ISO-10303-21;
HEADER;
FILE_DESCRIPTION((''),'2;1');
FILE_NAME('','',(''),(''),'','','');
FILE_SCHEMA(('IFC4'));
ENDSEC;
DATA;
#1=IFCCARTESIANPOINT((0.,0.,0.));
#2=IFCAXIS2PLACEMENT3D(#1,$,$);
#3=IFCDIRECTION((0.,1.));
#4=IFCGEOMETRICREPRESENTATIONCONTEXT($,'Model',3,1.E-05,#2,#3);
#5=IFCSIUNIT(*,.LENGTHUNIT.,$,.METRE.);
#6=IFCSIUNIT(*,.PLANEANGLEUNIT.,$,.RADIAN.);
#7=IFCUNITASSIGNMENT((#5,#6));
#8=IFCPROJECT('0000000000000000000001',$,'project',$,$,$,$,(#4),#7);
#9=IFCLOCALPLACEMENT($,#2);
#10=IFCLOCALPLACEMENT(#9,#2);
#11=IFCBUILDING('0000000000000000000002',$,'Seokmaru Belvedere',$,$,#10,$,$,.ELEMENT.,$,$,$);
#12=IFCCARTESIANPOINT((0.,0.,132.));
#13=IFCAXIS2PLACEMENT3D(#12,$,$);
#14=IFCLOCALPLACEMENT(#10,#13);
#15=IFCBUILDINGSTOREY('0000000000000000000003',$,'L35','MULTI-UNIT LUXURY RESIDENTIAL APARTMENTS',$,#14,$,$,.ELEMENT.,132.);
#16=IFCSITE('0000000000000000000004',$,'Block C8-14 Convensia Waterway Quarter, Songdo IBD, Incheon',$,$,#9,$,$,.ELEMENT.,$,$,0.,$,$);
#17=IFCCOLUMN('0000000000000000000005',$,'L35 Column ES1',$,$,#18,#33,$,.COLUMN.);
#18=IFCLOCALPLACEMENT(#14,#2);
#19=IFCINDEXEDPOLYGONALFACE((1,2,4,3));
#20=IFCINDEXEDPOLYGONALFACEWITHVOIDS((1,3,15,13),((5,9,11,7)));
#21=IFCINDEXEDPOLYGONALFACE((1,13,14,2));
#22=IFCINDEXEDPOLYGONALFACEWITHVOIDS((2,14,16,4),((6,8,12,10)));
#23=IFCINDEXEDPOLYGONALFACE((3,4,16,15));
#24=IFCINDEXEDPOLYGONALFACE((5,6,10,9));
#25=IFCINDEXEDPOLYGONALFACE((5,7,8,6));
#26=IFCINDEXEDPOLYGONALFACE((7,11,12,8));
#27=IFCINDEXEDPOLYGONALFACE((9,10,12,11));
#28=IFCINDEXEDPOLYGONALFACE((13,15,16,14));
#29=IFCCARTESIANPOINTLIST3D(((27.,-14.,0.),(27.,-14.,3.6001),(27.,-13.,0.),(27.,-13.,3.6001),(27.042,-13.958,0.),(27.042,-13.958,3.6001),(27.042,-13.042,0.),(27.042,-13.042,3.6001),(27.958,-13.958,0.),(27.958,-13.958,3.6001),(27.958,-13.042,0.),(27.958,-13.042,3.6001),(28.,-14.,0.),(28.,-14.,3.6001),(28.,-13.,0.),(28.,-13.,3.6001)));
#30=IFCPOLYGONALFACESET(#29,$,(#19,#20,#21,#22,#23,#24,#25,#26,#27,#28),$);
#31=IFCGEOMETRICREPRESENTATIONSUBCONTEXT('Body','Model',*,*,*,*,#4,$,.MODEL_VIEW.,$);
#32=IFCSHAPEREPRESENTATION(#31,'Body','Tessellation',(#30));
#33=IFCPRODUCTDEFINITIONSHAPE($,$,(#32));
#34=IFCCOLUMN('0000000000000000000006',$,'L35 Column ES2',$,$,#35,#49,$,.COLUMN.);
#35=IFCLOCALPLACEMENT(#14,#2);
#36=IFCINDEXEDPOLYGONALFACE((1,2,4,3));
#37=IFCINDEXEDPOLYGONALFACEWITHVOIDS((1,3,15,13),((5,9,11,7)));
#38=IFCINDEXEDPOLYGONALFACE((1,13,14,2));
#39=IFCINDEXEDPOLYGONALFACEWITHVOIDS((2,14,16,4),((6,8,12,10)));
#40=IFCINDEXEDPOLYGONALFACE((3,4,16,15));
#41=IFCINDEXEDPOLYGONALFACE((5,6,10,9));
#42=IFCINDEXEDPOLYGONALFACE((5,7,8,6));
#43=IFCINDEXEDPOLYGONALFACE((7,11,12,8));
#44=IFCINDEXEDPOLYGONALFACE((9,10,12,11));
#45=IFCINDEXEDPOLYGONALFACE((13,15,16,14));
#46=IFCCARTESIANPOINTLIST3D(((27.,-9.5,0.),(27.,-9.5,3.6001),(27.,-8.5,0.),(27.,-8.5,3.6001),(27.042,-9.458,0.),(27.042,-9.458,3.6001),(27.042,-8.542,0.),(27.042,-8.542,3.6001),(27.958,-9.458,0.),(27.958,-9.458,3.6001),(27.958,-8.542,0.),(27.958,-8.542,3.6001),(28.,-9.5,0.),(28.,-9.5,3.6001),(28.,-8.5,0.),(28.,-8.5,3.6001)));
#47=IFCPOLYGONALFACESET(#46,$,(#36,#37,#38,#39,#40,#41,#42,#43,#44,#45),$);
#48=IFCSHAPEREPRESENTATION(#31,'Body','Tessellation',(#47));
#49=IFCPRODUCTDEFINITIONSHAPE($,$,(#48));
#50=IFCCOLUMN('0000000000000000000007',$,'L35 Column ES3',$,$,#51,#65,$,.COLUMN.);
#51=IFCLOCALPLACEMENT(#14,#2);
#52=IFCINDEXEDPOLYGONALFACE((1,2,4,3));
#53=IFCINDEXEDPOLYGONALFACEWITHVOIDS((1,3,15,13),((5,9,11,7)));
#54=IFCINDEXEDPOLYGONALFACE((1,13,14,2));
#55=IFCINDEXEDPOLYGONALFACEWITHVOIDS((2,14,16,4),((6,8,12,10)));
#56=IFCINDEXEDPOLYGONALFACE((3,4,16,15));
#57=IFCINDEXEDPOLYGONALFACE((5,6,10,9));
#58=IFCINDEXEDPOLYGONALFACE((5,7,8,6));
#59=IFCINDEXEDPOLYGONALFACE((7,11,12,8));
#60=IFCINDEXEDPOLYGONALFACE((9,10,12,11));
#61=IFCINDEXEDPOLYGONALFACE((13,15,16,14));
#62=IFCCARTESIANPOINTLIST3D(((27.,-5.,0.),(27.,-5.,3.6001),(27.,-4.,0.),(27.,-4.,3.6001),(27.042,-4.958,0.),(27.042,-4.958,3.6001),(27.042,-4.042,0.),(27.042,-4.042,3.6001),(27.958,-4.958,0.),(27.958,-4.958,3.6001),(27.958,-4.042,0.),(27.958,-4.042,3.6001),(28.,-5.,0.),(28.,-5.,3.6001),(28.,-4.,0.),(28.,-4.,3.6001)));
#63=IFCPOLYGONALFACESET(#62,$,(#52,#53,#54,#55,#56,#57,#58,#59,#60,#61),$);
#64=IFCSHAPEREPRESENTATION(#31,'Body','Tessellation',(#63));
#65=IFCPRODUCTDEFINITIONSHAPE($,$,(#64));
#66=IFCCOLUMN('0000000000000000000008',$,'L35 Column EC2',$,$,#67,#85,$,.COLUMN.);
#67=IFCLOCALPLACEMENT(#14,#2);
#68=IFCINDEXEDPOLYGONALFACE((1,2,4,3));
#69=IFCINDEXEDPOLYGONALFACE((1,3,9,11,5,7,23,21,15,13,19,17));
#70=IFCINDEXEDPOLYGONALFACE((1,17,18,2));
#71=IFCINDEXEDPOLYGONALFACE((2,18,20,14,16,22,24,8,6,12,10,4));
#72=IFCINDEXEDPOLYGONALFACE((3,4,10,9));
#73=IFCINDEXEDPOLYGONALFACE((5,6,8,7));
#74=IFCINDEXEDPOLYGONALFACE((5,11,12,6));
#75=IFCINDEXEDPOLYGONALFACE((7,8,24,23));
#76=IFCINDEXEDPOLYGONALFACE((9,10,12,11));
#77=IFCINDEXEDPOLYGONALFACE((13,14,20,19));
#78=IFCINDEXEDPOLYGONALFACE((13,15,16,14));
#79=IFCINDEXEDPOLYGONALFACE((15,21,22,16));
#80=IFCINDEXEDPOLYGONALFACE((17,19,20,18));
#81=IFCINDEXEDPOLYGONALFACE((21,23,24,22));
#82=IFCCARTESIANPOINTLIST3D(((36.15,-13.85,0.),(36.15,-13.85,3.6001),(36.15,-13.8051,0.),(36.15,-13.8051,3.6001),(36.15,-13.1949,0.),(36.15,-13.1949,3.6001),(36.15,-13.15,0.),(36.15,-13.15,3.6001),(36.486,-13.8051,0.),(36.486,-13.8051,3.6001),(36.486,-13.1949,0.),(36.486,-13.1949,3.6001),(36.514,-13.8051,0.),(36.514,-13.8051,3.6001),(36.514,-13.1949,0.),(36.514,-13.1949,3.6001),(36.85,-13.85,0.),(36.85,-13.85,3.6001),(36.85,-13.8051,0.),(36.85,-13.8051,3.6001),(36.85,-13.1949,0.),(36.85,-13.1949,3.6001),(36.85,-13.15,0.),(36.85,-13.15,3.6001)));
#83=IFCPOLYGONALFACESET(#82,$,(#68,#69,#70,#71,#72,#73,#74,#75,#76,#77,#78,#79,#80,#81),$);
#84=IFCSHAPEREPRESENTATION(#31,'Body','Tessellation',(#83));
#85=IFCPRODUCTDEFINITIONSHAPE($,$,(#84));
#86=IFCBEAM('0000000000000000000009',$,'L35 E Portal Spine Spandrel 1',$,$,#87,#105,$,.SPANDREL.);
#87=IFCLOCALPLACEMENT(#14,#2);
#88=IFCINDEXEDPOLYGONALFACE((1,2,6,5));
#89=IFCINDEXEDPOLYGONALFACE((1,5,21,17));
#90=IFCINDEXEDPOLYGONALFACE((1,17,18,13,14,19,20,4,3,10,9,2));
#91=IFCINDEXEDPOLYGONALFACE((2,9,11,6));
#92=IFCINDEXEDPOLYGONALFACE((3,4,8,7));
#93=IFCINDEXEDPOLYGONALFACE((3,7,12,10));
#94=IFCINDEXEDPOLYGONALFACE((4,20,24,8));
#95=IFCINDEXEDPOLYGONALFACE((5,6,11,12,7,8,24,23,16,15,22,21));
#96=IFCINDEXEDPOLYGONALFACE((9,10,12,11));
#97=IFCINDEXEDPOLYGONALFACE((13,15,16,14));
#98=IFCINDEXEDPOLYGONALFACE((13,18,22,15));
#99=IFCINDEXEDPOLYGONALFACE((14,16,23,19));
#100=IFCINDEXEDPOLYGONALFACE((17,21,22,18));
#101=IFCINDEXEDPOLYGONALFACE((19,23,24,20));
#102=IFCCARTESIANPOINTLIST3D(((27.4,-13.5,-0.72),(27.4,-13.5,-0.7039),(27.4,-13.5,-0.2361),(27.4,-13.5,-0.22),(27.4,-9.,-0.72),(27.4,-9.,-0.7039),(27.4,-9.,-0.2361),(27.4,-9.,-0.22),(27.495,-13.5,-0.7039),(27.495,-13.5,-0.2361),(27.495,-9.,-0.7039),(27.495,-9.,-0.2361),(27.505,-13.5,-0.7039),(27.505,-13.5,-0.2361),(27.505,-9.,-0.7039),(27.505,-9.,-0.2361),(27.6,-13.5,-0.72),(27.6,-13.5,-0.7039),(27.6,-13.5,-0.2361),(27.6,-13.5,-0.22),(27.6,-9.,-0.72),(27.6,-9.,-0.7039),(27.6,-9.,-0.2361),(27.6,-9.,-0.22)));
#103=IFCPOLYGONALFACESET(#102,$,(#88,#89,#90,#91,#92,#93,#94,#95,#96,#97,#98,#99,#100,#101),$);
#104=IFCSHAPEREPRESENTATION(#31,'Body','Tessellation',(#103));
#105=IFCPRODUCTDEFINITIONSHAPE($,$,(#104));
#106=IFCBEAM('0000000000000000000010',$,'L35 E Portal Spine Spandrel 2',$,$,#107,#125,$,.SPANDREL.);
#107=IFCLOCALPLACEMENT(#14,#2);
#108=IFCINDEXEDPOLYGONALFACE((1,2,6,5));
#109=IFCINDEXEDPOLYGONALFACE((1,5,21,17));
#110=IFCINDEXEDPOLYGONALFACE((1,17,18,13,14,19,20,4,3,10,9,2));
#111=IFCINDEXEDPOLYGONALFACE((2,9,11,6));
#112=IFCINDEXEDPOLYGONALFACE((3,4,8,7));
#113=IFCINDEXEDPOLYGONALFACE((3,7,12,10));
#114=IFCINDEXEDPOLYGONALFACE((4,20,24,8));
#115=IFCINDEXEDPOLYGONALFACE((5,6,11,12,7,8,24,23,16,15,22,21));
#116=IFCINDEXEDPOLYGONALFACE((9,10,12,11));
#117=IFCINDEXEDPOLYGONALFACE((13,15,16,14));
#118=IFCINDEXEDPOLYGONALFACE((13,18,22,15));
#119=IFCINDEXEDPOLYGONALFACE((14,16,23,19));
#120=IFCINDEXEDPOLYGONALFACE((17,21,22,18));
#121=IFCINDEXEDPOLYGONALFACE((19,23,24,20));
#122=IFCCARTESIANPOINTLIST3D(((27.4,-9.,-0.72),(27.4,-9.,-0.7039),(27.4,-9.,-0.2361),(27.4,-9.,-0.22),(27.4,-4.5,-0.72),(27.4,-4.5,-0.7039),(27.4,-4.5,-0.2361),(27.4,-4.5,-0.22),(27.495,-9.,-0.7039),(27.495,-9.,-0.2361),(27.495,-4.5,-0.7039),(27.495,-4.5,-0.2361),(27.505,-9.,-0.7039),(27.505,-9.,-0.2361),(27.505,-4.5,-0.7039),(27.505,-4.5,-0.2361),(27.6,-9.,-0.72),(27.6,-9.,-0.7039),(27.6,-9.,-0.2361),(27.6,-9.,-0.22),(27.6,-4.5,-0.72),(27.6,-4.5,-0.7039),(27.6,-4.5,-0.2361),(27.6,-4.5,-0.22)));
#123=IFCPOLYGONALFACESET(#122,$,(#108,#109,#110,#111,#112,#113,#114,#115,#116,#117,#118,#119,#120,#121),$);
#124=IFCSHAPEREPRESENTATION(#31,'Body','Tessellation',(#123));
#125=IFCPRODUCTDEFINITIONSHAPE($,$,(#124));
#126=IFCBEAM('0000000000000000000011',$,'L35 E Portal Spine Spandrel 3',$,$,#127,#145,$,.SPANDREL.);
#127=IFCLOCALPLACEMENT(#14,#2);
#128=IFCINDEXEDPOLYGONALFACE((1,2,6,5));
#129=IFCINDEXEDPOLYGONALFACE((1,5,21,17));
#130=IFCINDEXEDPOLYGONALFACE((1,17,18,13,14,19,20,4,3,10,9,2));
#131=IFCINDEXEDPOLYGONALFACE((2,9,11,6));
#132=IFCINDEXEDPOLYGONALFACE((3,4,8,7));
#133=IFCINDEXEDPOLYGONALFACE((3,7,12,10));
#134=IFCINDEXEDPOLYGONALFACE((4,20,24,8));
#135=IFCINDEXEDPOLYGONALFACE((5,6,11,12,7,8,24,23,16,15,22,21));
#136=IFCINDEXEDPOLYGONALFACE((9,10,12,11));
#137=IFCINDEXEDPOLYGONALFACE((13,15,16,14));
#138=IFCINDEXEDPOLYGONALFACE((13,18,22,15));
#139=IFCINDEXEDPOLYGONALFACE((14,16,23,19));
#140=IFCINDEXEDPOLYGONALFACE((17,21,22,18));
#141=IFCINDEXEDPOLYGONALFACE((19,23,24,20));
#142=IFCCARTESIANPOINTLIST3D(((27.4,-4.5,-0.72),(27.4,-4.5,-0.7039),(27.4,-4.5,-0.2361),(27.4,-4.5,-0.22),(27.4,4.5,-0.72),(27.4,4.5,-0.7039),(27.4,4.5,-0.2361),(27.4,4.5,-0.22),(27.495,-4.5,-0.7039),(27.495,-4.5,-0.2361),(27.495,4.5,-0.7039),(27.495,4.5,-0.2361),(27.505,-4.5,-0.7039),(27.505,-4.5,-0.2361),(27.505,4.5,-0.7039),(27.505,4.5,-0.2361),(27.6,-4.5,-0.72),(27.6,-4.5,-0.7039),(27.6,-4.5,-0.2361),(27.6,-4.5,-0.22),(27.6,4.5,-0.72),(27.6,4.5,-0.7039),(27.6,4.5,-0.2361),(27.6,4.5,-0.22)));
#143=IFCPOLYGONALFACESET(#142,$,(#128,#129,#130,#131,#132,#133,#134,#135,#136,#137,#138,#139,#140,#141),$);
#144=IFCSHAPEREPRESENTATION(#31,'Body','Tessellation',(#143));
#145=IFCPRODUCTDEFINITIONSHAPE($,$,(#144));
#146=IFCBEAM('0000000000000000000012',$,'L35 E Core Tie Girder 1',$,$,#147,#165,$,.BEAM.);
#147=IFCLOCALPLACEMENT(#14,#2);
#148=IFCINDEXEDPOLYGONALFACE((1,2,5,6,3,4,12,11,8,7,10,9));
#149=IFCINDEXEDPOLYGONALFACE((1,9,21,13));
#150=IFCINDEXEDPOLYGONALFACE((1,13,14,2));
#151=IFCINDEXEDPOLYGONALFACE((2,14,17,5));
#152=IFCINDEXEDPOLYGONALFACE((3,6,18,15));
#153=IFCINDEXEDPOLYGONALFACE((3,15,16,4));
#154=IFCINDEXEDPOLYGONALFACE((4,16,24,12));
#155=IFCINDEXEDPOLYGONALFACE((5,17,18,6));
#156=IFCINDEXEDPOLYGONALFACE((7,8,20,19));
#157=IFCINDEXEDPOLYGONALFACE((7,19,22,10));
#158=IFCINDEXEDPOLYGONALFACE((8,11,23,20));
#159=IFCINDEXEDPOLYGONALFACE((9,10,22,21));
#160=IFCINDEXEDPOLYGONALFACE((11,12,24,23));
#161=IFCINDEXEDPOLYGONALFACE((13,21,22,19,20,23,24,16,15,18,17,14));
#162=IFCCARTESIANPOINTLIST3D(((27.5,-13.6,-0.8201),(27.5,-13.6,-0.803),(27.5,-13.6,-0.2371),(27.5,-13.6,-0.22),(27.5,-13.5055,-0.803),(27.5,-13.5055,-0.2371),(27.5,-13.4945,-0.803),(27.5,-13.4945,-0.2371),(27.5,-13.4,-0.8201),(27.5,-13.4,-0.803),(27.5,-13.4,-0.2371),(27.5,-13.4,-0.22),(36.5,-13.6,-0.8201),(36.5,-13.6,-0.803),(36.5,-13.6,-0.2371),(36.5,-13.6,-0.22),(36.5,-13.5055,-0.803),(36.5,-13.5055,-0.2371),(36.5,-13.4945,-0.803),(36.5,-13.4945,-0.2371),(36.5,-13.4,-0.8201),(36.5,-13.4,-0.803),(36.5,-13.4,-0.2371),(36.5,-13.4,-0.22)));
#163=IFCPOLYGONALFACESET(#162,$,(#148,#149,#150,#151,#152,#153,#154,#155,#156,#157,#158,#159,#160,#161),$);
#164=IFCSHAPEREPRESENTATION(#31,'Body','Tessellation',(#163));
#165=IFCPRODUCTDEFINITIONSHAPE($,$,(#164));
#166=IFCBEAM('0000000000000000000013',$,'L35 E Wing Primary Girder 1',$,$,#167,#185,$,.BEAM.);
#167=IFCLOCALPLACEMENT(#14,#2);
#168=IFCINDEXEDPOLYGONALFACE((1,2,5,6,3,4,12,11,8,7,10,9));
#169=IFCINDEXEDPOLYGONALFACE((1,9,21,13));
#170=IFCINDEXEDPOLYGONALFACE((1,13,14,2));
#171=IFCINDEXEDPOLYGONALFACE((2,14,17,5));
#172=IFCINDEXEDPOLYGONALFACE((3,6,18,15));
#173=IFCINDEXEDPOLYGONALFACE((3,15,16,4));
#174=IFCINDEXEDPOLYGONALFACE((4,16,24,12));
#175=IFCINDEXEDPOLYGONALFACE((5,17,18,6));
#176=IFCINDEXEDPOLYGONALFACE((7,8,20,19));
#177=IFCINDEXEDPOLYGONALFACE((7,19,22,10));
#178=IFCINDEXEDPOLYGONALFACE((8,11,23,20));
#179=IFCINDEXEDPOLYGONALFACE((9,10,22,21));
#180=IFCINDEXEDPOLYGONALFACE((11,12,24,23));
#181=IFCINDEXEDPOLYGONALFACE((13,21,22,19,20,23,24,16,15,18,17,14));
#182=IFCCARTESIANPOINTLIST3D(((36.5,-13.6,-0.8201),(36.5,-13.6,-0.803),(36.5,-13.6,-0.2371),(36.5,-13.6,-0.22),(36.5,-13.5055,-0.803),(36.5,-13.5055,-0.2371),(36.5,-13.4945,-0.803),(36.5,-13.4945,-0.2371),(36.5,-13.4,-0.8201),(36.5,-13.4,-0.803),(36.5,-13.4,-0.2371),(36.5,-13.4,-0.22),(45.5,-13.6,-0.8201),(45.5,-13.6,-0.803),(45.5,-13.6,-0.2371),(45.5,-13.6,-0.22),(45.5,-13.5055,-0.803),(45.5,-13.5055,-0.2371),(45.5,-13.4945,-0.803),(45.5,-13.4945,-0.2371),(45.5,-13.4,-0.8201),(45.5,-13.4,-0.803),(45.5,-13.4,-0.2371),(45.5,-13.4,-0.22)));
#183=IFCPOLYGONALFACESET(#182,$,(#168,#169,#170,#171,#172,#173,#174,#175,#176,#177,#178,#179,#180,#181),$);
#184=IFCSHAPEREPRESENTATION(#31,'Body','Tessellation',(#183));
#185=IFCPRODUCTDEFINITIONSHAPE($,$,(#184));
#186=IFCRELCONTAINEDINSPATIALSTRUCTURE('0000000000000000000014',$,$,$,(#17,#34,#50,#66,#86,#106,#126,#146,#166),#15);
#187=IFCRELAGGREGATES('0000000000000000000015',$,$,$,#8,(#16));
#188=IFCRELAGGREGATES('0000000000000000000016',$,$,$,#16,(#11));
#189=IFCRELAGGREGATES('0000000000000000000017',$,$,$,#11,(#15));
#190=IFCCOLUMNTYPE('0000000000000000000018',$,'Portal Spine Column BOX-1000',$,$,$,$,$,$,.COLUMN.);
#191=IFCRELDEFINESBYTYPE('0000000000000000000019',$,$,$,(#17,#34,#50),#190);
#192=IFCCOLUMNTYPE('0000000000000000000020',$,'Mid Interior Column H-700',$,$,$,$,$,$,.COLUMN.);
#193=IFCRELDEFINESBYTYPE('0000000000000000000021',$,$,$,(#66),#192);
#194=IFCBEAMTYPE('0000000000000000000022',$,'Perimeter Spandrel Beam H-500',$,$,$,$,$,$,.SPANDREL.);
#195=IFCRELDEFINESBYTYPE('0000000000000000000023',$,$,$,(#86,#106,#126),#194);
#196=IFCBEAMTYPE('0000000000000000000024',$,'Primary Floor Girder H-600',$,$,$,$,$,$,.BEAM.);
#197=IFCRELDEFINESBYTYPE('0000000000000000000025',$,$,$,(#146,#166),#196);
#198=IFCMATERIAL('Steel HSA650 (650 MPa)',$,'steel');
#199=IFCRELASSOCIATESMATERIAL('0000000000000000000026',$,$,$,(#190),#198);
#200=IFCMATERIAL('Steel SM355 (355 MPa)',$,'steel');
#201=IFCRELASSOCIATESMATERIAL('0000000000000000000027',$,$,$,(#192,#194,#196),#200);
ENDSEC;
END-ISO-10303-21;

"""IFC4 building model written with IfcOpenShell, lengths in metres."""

from ifc_helpers import new_model, si_unit, direction, frame, origin, origin_2d, place, context, subcontext, project, spatial, hollow_rectangle, i_section, extrude, source, transform, mapped, material, material_profile, profile_set, type_object, type_shapes, element, save


model = new_model("IFC4")

# Units and contexts
model_context = context("Model", 3, precision=1e-05, world=origin(), true_north=direction((0.0, 1.0)))
body_context = subcontext(model_context, "Body", "Model", "MODEL_VIEW")
ifc_project = project(units=[si_unit("LENGTHUNIT", "METRE"), si_unit("PLANEANGLEUNIT", "RADIAN")], contexts=[model_context])

# Site, building, storey
site_placement = place(None, origin())
site = spatial("IfcSite", under=ifc_project, at=site_placement, Name="Block C8-14 Convensia Waterway Quarter, Songdo IBD, Incheon", CompositionType="ELEMENT", RefElevation=0.0)
building_placement = place(site_placement, origin())
building = spatial("IfcBuilding", under=site, at=building_placement, Name="Seokmaru Belvedere", CompositionType="ELEMENT")
storey_placement = place(building_placement, frame((0.0, 0.0, 132.0)))
storey = spatial("IfcBuildingStorey", under=building, at=storey_placement, Name="L35", Description="MULTI-UNIT LUXURY RESIDENTIAL APARTMENTS", CompositionType="ELEMENT", Elevation=132.0)

# Columns
ifc_material_1 = material(Name="Steel HSA650 (650 MPa)", Category="steel")
ifc_material_profile_1 = material_profile(ifc_material_1, hollow_rectangle(XDim=1.0, YDim=1.0, WallThickness=0.042, at=origin_2d()), Name="BOX-1000x1000x42")
ifc_profile_set_1 = profile_set([ifc_material_profile_1], Name="Steel HSA650 (650 MPa)")
column_type_1 = type_object("IfcColumnType", Name="Portal Spine Column BOX-1000", PredefinedType="COLUMN", material=ifc_profile_set_1)
shared_shape_1 = source(origin(), body_context, "Body", "SweptSolid", [
    extrude(hollow_rectangle(XDim=1.0, YDim=1.0, WallThickness=0.042, at=origin_2d()), origin(), (0.0, 0.0, 1.0), 3.6001),
])
type_shapes(column_type_1, [shared_shape_1])
for number, where, z_axis, x_axis, name in (
    (1, (27.5, -13.5, 0.0), (0.0, 0.0, 1.0), (1.0, 0.0, 0.0), "L35 Column ES1"),
    (2, (27.5, -9.0, 0.0), (0.0, 0.0, 1.0), (1.0, 0.0, 0.0), "L35 Column ES2"),
    (3, (27.5, -4.5, 0.0), (0.0, 0.0, 1.0), (1.0, 0.0, 0.0), "L35 Column ES3"),
):
    element("IfcColumn", number, at=place(storey_placement, frame(where, z_axis=z_axis, x_axis=x_axis)), inside=storey, type_object=column_type_1, Name=name, PredefinedType="COLUMN", context=body_context, shape_type="MappedRepresentation", body=[
        mapped(shared_shape_1, transform((0.0, 0.0, 0.0), scale=1.0)),
    ])
ifc_material_2 = material(Name="Steel SM355 (355 MPa)", Category="steel")
ifc_material_profile_2 = material_profile(ifc_material_2, i_section(OverallWidth=0.7, OverallDepth=0.7, WebThickness=0.0281, FlangeThickness=0.0449, at=origin_2d()), Name="H-700x700x28x45")
ifc_profile_set_2 = profile_set([ifc_material_profile_2], Name="Steel SM355 (355 MPa)")
column_type_2 = type_object("IfcColumnType", Name="Mid Interior Column H-700", PredefinedType="COLUMN", material=ifc_profile_set_2)
shared_shape_2 = source(origin(), body_context, "Body", "SweptSolid", [
    extrude(i_section(OverallWidth=0.7, OverallDepth=0.7, WebThickness=0.0281, FlangeThickness=0.0449, at=origin_2d()), origin(), (0.0, 0.0, 1.0), 3.6001),
])
type_shapes(column_type_2, [shared_shape_2])
column_placement = place(storey_placement, frame((36.5, -13.5, 0.0), z_axis=(0.0, 0.0, 1.0), x_axis=(1.0, 0.0, 0.0)))
element("IfcColumn", 4, at=column_placement, inside=storey, type_object=column_type_2, Name="L35 Column EC2", PredefinedType="COLUMN", context=body_context, shape_type="MappedRepresentation", body=[
    mapped(shared_shape_2, transform((0.0, 0.0, 0.0), scale=1.0)),
])

# Beams
ifc_material_profile_3 = material_profile(ifc_material_2, i_section(OverallWidth=0.2, OverallDepth=0.5, WebThickness=0.01, FlangeThickness=0.0161, at=origin_2d()), Name="H-500x200x10x16")
ifc_profile_set_3 = profile_set([ifc_material_profile_3], Name="Steel SM355 (355 MPa)")
beam_type_1 = type_object("IfcBeamType", Name="Perimeter Spandrel Beam H-500", PredefinedType="SPANDREL", material=ifc_profile_set_3)
shared_shape_3 = source(origin(), body_context, "Body", "SweptSolid", [
    extrude(i_section(OverallWidth=0.2, OverallDepth=0.5, WebThickness=0.01, FlangeThickness=0.0161, at=origin_2d()), origin(), (0.0, 0.0, 1.0), 4.5),
])
for number, where, z_axis, x_axis, name in (
    (5, (27.5, -13.5, -0.47), (0.0, 1.0, 0.0), (-1.0, 0.0, 0.0), "L35 E Portal Spine Spandrel 1"),
    (6, (27.5, -9.0, -0.47), (0.0, 1.0, 0.0), (-1.0, 0.0, 0.0), "L35 E Portal Spine Spandrel 2"),
):
    element("IfcBeam", number, at=place(storey_placement, frame(where, z_axis=z_axis, x_axis=x_axis)), inside=storey, type_object=beam_type_1, Name=name, PredefinedType="SPANDREL", context=body_context, shape_type="MappedRepresentation", body=[
        mapped(shared_shape_3, transform((0.0, 0.0, 0.0), scale=1.0)),
    ])
shared_shape_4 = source(origin(), body_context, "Body", "SweptSolid", [
    extrude(i_section(OverallWidth=0.2, OverallDepth=0.5, WebThickness=0.01, FlangeThickness=0.0161, at=origin_2d()), origin(), (0.0, 0.0, 1.0), 9.0),
])
type_shapes(beam_type_1, [shared_shape_3, shared_shape_4])
beam_1_placement = place(storey_placement, frame((27.5, -4.5, -0.47), z_axis=(0.0, 1.0, 0.0), x_axis=(-1.0, 0.0, 0.0)))
element("IfcBeam", 7, at=beam_1_placement, inside=storey, type_object=beam_type_1, Name="L35 E Portal Spine Spandrel 3", PredefinedType="SPANDREL", context=body_context, shape_type="MappedRepresentation", body=[
    mapped(shared_shape_4, transform((0.0, 0.0, 0.0), scale=1.0)),
])
ifc_material_profile_4 = material_profile(ifc_material_2, i_section(OverallWidth=0.2, OverallDepth=0.6001, WebThickness=0.011, FlangeThickness=0.0171, at=origin_2d()), Name="H-600x200x11x17")
ifc_profile_set_4 = profile_set([ifc_material_profile_4], Name="Steel SM355 (355 MPa)")
beam_type_2 = type_object("IfcBeamType", Name="Primary Floor Girder H-600", PredefinedType="BEAM", material=ifc_profile_set_4)
shared_shape_5 = source(origin(), body_context, "Body", "SweptSolid", [
    extrude(i_section(OverallWidth=0.2, OverallDepth=0.6001, WebThickness=0.011, FlangeThickness=0.0171, at=origin_2d()), origin(), (0.0, 0.0, 1.0), 9.0),
])
type_shapes(beam_type_2, [shared_shape_5])
for number, where, z_axis, x_axis, name in (
    (8, (27.5, -13.5, -0.52), (1.0, 0.0, 0.0), (0.0, 1.0, 0.0), "L35 E Core Tie Girder 1"),
    (9, (36.5, -13.5, -0.52), (1.0, 0.0, 0.0), (0.0, 1.0, 0.0), "L35 E Wing Primary Girder 1"),
):
    element("IfcBeam", number, at=place(storey_placement, frame(where, z_axis=z_axis, x_axis=x_axis)), inside=storey, type_object=beam_type_2, Name=name, PredefinedType="BEAM", context=body_context, shape_type="MappedRepresentation", body=[
        mapped(shared_shape_5, transform((0.0, 0.0, 0.0), scale=1.0)),
    ])

save(model, "model.ifc")
